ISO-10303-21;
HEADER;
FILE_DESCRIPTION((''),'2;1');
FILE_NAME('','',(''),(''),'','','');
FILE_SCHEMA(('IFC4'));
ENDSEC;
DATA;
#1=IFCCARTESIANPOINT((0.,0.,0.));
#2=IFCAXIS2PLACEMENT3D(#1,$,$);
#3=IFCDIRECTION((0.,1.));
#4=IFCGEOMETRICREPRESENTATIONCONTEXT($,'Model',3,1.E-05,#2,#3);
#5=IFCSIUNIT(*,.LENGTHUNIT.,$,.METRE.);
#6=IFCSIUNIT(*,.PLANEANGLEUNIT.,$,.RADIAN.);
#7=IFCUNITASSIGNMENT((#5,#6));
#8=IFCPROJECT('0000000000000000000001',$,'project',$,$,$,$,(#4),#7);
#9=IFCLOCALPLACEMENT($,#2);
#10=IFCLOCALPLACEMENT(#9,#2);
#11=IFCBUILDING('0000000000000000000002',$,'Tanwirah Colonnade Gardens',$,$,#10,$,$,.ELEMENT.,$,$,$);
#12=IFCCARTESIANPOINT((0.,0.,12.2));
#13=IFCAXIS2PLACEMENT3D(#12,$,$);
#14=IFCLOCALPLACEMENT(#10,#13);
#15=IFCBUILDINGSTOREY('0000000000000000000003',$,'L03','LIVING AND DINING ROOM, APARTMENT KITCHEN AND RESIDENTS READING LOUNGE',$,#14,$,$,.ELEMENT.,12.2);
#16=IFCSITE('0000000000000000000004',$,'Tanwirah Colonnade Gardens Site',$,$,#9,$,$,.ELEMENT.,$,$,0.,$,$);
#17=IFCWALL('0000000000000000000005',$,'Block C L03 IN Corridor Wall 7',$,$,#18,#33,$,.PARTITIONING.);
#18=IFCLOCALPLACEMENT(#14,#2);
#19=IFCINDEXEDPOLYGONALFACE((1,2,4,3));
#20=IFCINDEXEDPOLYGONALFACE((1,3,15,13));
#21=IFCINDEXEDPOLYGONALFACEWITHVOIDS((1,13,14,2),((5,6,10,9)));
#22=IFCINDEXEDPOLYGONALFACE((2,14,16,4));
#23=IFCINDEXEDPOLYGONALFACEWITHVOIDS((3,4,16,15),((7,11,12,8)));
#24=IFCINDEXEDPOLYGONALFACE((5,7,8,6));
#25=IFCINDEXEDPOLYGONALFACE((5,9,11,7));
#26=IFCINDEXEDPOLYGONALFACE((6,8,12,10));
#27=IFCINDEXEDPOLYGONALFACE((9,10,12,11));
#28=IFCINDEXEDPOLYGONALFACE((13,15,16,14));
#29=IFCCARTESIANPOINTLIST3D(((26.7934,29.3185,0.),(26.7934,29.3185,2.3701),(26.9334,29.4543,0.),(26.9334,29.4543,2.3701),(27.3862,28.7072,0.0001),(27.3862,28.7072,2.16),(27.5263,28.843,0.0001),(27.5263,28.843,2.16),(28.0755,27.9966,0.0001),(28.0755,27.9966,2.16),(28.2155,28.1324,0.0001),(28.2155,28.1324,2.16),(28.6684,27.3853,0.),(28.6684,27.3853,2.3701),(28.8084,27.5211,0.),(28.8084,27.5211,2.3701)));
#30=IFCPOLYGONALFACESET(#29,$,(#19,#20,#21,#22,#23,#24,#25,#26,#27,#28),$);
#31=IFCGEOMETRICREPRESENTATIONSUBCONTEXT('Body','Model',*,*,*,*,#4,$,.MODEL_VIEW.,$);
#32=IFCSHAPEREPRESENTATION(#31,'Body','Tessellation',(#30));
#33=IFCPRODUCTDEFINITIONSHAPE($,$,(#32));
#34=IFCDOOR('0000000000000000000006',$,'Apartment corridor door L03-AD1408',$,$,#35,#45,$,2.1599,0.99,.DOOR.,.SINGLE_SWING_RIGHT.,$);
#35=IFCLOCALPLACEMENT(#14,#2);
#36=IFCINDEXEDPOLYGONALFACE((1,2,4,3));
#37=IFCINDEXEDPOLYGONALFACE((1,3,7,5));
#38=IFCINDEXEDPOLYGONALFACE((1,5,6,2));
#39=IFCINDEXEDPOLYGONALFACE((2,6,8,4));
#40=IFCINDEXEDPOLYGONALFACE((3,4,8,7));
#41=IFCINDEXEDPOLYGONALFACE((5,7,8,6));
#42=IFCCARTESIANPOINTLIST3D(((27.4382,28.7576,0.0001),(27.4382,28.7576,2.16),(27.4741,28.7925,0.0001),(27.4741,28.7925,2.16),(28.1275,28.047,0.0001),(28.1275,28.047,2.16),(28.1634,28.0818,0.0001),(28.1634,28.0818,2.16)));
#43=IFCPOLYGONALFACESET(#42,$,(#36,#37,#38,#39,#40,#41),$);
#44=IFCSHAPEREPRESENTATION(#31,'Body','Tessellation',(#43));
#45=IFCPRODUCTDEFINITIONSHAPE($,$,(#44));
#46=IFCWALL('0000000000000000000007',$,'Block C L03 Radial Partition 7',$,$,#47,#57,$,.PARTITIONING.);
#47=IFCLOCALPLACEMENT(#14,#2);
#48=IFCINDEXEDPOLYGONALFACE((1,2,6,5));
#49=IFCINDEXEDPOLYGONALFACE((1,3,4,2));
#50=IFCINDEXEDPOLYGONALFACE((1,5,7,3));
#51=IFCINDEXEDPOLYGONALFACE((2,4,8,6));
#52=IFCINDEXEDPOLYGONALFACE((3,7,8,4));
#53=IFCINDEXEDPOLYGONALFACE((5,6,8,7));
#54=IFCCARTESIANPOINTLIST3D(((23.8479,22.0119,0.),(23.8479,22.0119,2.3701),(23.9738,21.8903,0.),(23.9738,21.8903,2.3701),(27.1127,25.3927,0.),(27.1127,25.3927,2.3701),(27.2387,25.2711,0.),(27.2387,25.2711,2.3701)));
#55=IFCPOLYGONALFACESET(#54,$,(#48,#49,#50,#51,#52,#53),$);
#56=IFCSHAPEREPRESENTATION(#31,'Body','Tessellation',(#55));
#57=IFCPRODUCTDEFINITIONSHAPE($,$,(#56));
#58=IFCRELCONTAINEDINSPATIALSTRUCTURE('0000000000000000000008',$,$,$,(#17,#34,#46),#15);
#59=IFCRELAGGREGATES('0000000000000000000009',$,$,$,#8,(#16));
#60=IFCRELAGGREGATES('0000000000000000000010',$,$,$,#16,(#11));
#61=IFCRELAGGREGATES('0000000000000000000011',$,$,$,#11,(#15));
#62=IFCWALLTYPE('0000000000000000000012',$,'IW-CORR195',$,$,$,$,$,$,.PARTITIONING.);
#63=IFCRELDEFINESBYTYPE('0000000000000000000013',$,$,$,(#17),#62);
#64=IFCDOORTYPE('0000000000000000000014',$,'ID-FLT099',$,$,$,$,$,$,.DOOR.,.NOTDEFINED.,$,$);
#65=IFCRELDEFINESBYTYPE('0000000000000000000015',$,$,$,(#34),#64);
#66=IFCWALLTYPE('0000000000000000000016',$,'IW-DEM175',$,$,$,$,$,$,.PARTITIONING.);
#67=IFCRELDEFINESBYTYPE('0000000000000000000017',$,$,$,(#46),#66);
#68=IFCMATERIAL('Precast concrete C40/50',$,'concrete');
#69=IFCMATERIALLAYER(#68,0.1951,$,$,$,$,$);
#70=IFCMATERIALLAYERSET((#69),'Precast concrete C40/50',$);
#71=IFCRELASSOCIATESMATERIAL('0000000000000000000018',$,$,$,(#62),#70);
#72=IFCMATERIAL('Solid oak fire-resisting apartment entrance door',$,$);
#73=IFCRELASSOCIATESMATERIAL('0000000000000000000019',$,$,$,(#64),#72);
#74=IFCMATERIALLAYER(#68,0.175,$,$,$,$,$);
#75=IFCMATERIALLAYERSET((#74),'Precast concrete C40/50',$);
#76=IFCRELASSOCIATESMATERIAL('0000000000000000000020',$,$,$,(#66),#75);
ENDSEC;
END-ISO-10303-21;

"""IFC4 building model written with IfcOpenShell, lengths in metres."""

from ifc_helpers import new_model, si_unit, direction, frame, frame_2d, origin, place, context, subcontext, project, spatial, rectangle, extrude, material, layer, layer_set, type_object, element, fill, save


model = new_model("IFC4")

# Units and contexts
model_context = context("Model", 3, precision=1e-05, world=origin(), true_north=direction((0.0, 1.0)))
body_context = subcontext(model_context, "Body", "Model", "MODEL_VIEW")
ifc_project = project(units=[si_unit("LENGTHUNIT", "METRE"), si_unit("PLANEANGLEUNIT", "RADIAN")], contexts=[model_context])

# Site, building, storey
site_placement = place(None, origin())
site = spatial("IfcSite", under=ifc_project, at=site_placement, Name="Tanwirah Colonnade Gardens Site", CompositionType="ELEMENT", RefElevation=0.0)
building_placement = place(site_placement, origin())
building = spatial("IfcBuilding", under=site, at=building_placement, Name="Tanwirah Colonnade Gardens", CompositionType="ELEMENT")
storey_placement = place(building_placement, frame((0.0, 0.0, 12.2)))
storey = spatial("IfcBuildingStorey", under=building, at=storey_placement, Name="L03", Description="LIVING AND DINING ROOM, APARTMENT KITCHEN AND RESIDENTS READING LOUNGE", CompositionType="ELEMENT", Elevation=12.2)

# Shared definitions
ifc_material_1 = material(Name="Precast concrete C40/50", Category="concrete")

# Wall, opening, door
ifc_layer_1 = layer(ifc_material_1, 0.1951)
ifc_layer_set_1 = layer_set([ifc_layer_1], Name="Precast concrete C40/50")
wall_type_1 = type_object("IfcWallType", Name="IW-CORR195", PredefinedType="PARTITIONING", material=ifc_layer_set_1)
ifc_material_2 = material(Name="Solid oak fire-resisting apartment entrance door")
door_type_1 = type_object("IfcDoorType", Name="ID-FLT099", OperationType="NOTDEFINED", PredefinedType="DOOR", material=ifc_material_2)
wall_1_placement = place(storey_placement, frame((26.8633, 29.3865, 0.0), z_axis=(0.0, 0.0, 1.0), x_axis=(0.696236, -0.717813, 0.0)))
wall_1 = element("IfcWall", 1, at=wall_1_placement, inside=storey, type_object=wall_type_1, Name="Block C L03 IN Corridor Wall 7", PredefinedType="PARTITIONING", context=body_context, shape_type="SweptSolid", body=[
    extrude(rectangle(XDim=2.6931, YDim=0.1951, at=frame_2d((1.3467, 0.0))), origin(), (0.0, 0.0, 1.0), 2.3701),
])
opening_1_placement = place(wall_1_placement, frame((0.8516, 0.0, 0.0)))
opening_1 = element("IfcOpeningElement", 2, at=opening_1_placement, cuts=wall_1, PredefinedType="OPENING", context=body_context, shape_type="SweptSolid", body=[
    extrude(rectangle(XDim=0.99, YDim=2.1599, at=frame_2d((0.4951, 1.0801))), frame((0.0, 0.1074, 0.0), z_axis=(0.0, -1.0, 0.0), x_axis=(1.0, 0.0, 0.0)), (0.0, 0.0, 1.0), 0.2151),
])
door_1_placement = place(opening_1_placement, origin())
door_1 = element("IfcDoor", 3, at=door_1_placement, inside=storey, type_object=door_type_1, Name="Apartment corridor door L03-AD1408", OperationType="SINGLE_SWING_RIGHT", OverallHeight=2.1599, OverallWidth=0.99, PredefinedType="DOOR", context=body_context, shape_type="SweptSolid", body=[
    extrude(rectangle(XDim=0.99, YDim=2.1599, at=frame_2d((0.4951, 1.0801))), frame((0.0, 0.0249, 0.0), z_axis=(0.0, -1.0, 0.0), x_axis=(1.0, 0.0, 0.0)), (0.0, 0.0, 1.0), 0.05),
])
fill(opening_1, door_1)

# Wall
ifc_layer_2 = layer(ifc_material_1, 0.175)
ifc_layer_set_2 = layer_set([ifc_layer_2], Name="Precast concrete C40/50")
wall_type_2 = type_object("IfcWallType", Name="IW-DEM175", PredefinedType="PARTITIONING", material=ifc_layer_set_2)
wall_2_placement = place(storey_placement, frame((27.1758, 25.332, 0.0), z_axis=(0.0, 0.0, 1.0), x_axis=(-0.694662, -0.719336, 0.0)))
element("IfcWall", 4, at=wall_2_placement, inside=storey, type_object=wall_type_2, Name="Block C L03 Radial Partition 7", PredefinedType="PARTITIONING", context=body_context, shape_type="SweptSolid", body=[
    extrude(rectangle(XDim=4.7, YDim=0.175, at=frame_2d((2.3501, 0.0))), origin(), (0.0, 0.0, 1.0), 2.3701),
])

save(model, "model.ifc")
